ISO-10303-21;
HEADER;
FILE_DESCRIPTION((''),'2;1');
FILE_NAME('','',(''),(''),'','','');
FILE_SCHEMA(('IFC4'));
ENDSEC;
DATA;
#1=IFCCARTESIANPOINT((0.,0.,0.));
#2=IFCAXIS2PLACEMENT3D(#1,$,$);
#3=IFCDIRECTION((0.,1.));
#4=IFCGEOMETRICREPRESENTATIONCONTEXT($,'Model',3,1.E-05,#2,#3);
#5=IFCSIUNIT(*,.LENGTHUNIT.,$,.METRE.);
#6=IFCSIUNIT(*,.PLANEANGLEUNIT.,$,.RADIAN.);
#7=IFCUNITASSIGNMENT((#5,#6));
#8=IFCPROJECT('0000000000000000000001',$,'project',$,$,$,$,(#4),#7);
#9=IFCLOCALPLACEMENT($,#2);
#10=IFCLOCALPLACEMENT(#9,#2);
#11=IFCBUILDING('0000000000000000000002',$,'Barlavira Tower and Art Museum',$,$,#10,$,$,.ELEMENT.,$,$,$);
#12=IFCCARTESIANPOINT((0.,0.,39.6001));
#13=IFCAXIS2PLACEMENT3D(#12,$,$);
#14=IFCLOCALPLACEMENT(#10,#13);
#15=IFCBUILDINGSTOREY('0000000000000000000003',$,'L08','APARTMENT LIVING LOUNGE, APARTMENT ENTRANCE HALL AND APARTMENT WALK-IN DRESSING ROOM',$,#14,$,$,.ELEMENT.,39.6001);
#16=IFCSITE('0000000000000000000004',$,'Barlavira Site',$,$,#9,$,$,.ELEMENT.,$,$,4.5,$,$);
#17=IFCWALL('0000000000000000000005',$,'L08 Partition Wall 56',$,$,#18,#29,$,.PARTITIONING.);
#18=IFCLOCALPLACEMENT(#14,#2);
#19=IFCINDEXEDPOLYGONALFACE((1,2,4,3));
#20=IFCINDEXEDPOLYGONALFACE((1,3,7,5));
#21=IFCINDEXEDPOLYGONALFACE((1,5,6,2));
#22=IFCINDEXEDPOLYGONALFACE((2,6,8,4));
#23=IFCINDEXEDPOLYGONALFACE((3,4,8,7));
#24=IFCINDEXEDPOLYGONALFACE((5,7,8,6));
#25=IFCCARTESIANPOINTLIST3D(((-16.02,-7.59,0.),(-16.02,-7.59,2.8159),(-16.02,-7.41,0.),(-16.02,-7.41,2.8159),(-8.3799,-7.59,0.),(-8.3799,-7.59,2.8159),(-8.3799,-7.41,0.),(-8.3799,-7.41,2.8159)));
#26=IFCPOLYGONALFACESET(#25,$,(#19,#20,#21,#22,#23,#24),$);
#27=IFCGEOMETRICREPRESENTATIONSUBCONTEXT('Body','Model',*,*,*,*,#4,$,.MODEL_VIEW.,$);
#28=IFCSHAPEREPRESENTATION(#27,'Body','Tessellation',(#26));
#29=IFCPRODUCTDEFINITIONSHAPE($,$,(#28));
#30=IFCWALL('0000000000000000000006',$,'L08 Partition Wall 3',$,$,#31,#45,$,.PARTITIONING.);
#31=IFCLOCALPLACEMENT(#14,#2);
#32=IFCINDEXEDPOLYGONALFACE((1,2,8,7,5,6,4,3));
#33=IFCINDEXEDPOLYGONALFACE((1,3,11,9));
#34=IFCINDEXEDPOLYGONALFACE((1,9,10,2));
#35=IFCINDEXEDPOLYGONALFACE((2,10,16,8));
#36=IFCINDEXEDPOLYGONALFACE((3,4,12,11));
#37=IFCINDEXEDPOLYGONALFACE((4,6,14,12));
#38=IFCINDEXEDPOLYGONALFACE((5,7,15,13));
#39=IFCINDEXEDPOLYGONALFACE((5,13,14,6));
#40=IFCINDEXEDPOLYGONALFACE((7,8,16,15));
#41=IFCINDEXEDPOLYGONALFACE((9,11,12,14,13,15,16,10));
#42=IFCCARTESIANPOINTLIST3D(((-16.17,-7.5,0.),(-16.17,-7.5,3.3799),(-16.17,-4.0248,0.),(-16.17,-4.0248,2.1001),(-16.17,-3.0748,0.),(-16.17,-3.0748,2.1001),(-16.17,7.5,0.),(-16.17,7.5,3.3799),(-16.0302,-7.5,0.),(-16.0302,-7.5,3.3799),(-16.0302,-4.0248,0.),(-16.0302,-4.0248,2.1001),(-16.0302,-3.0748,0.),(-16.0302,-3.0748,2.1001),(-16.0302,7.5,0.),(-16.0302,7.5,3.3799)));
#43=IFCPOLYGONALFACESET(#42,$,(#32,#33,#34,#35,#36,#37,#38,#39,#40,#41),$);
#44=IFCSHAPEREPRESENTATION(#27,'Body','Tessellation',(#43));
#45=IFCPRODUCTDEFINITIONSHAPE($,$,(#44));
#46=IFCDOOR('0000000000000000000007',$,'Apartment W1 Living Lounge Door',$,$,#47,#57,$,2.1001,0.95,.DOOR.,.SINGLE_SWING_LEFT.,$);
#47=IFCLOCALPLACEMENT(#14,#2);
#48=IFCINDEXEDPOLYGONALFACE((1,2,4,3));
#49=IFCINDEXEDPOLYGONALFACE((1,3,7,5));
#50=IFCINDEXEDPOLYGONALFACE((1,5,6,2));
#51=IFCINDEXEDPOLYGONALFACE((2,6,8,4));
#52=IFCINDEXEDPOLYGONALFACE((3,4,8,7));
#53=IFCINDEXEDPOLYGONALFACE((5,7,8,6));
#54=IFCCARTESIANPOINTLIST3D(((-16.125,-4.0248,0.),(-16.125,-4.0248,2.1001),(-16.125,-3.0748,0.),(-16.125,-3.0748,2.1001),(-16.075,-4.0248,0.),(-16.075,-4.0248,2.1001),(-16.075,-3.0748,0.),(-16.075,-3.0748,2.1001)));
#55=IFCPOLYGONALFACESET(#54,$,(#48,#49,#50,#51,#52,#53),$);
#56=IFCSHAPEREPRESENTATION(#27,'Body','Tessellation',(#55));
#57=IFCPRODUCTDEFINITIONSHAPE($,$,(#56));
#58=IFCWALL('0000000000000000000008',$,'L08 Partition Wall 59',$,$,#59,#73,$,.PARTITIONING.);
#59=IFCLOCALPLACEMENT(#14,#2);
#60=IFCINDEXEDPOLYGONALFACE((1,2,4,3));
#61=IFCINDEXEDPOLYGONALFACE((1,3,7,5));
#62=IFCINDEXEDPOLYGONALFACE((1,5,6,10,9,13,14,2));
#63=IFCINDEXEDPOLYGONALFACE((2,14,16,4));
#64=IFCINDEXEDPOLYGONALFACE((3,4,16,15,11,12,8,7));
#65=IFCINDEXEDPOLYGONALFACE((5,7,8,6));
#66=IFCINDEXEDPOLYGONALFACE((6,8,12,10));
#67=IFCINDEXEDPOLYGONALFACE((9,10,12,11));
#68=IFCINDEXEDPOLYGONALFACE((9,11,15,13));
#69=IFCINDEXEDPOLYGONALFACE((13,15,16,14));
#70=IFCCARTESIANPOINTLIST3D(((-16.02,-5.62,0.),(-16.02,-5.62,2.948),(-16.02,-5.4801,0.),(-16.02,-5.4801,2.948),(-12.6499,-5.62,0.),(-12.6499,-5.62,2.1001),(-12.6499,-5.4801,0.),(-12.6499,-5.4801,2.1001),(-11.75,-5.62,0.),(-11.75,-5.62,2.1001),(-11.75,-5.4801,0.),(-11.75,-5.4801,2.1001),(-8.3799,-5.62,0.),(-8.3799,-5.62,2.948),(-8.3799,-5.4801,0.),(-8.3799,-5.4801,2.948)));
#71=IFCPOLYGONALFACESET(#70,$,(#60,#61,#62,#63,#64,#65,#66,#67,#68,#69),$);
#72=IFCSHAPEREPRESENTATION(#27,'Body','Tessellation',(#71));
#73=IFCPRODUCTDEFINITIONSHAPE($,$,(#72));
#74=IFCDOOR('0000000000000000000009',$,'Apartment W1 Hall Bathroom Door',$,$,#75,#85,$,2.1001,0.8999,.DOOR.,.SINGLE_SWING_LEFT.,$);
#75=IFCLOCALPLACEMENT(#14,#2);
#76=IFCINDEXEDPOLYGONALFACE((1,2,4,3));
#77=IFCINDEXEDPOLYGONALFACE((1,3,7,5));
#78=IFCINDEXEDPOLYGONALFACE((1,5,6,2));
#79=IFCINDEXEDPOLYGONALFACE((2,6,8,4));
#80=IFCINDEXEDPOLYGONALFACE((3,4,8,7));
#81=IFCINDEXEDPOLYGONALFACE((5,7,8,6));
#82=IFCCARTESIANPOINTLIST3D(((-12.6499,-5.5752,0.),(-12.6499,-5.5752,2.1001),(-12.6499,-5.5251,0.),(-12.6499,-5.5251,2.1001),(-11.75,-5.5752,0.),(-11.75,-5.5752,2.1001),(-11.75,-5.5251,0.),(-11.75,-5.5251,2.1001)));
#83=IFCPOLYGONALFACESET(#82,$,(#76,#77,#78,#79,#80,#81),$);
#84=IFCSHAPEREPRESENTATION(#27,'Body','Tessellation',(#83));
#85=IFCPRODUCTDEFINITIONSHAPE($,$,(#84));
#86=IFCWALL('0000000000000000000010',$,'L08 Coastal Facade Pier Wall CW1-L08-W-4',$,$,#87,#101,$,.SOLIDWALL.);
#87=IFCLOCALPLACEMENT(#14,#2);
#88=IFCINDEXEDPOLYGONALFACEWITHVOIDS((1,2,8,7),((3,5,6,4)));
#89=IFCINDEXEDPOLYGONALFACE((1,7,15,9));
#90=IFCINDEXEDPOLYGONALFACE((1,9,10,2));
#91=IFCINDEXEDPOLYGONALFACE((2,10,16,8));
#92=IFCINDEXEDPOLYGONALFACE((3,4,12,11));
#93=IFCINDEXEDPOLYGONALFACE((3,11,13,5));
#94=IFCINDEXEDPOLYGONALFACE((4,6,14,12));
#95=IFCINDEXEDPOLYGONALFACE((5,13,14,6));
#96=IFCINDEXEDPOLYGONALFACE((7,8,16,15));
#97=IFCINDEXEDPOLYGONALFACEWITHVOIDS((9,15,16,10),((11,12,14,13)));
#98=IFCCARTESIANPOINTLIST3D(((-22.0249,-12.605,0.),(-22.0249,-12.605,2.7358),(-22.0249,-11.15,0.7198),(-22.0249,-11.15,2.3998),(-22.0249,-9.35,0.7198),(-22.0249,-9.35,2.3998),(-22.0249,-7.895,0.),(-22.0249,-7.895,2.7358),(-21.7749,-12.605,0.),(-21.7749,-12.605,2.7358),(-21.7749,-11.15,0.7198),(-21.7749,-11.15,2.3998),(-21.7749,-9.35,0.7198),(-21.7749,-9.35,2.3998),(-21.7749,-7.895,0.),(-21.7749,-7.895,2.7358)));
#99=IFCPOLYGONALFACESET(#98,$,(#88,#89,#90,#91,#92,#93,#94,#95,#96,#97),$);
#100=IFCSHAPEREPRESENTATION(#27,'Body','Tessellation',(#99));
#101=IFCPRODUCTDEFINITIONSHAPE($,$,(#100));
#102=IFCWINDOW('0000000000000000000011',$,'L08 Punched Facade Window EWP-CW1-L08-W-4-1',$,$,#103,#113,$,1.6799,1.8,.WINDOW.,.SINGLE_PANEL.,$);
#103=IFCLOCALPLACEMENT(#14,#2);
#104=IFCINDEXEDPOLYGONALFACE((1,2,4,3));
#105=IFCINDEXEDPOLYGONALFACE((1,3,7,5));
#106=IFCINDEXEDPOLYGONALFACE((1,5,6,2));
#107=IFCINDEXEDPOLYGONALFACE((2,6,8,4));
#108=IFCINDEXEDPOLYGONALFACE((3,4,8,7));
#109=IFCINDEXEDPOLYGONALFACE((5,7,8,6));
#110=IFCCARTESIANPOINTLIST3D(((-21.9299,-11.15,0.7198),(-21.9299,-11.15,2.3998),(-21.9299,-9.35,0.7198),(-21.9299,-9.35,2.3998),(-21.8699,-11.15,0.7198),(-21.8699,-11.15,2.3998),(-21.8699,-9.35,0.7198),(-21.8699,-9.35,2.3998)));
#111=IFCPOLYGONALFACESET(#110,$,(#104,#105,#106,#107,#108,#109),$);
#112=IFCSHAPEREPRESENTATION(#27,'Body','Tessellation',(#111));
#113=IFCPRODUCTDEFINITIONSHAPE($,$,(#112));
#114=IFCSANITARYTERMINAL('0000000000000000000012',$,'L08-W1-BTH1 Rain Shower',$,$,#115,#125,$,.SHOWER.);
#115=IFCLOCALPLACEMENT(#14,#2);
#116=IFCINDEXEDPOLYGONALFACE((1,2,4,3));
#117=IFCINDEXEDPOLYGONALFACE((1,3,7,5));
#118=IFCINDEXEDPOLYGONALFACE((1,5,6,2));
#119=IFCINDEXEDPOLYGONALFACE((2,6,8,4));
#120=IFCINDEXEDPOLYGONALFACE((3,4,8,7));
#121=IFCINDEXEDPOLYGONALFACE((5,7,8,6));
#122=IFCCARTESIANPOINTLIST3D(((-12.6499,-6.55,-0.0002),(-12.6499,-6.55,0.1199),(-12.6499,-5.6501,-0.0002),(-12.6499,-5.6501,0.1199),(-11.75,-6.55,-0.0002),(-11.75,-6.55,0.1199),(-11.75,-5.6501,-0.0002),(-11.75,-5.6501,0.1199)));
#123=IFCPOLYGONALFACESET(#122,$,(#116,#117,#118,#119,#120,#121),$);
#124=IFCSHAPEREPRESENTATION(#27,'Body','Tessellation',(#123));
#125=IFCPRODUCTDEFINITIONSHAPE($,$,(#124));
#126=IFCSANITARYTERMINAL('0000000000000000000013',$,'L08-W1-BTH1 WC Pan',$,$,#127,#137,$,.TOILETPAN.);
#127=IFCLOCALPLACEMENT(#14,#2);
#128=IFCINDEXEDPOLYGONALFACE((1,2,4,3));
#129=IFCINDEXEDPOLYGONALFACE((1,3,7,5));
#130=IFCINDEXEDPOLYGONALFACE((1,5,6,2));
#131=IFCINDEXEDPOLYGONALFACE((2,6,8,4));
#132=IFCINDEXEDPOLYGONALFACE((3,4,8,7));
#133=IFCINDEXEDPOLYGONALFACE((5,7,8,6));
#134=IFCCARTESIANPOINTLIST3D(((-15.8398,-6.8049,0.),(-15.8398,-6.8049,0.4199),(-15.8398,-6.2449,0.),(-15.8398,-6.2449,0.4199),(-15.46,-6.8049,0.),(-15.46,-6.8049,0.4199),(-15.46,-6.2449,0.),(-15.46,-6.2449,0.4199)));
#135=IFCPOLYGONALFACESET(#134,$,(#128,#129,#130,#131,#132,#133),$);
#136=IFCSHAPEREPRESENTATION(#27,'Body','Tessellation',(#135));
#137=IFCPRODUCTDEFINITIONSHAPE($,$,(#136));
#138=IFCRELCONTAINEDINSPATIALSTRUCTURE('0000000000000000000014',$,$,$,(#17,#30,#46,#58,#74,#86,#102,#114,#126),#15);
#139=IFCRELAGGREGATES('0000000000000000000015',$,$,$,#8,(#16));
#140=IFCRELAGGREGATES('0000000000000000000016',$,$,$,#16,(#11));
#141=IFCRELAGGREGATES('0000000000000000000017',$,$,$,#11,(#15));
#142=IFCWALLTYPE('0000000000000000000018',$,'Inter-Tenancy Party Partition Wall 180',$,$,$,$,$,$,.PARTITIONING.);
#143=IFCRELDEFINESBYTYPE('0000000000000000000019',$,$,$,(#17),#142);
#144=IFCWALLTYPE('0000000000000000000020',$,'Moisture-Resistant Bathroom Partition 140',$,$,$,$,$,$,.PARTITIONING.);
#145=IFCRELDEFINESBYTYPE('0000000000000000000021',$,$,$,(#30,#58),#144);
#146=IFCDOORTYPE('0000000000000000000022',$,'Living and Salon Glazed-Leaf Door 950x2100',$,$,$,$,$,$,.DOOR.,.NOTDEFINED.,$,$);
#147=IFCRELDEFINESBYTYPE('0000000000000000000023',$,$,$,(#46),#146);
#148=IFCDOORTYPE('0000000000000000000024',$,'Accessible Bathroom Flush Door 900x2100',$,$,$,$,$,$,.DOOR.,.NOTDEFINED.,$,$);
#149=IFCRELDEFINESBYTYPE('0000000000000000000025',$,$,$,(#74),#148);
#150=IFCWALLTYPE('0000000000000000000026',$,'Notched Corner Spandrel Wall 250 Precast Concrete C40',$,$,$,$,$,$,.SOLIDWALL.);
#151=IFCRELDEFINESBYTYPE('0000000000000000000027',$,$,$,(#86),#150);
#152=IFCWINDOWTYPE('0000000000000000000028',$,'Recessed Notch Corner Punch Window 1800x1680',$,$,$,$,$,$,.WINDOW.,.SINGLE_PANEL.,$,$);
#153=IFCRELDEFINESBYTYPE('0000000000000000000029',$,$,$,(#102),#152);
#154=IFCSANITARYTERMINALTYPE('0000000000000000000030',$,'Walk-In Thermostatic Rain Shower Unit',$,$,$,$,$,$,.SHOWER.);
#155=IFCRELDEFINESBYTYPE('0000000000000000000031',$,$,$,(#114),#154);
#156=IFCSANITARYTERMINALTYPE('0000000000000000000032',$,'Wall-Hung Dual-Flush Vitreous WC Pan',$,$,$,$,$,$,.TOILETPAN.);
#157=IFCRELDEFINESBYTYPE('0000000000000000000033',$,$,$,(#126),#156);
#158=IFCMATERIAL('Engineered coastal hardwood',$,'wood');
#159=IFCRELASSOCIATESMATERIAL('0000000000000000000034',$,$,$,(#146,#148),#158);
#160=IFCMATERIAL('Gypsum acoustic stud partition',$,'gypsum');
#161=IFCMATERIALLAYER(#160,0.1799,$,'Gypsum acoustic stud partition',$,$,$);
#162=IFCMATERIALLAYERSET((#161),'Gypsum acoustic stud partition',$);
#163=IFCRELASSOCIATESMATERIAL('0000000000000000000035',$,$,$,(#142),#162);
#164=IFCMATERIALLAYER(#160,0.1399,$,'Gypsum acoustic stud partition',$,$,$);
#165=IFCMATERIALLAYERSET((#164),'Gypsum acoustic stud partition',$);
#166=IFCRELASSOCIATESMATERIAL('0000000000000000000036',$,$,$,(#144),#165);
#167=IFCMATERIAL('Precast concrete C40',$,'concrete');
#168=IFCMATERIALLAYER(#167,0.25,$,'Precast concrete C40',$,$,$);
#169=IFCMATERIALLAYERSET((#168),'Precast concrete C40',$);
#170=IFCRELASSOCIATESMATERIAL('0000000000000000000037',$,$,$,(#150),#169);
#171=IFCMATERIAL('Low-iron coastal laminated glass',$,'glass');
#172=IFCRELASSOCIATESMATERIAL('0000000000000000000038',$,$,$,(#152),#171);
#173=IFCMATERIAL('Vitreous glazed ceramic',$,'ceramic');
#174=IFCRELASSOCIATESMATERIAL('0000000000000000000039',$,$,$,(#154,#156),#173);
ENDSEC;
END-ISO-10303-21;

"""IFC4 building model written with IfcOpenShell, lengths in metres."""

from ifc_helpers import new_model, si_unit, direction, frame, frame_2d, origin, origin_2d, place, context, subcontext, project, spatial, rectangle, extrude, material, layer, layer_set, type_object, element, fill, save


model = new_model("IFC4")

# Units and contexts
model_context = context("Model", 3, precision=1e-05, world=origin(), true_north=direction((0.0, 1.0)))
body_context = subcontext(model_context, "Body", "Model", "MODEL_VIEW")
ifc_project = project(units=[si_unit("LENGTHUNIT", "METRE"), si_unit("PLANEANGLEUNIT", "RADIAN")], contexts=[model_context])

# Site, building, storey
site_placement = place(None, origin())
site = spatial("IfcSite", under=ifc_project, at=site_placement, Name="Barlavira Site", CompositionType="ELEMENT", RefElevation=4.5)
building_placement = place(site_placement, origin())
building = spatial("IfcBuilding", under=site, at=building_placement, Name="Barlavira Tower and Art Museum", CompositionType="ELEMENT")
storey_placement = place(building_placement, frame((0.0, 0.0, 39.6001)))
storey = spatial("IfcBuildingStorey", under=building, at=storey_placement, Name="L08", Description="APARTMENT LIVING LOUNGE, APARTMENT ENTRANCE HALL AND APARTMENT WALK-IN DRESSING ROOM", CompositionType="ELEMENT", Elevation=39.6001)

# Shared definitions
ifc_material_1 = material(Name="Low-iron coastal laminated glass", Category="glass")

# Shared definitions
ifc_material_2 = material(Name="Gypsum acoustic stud partition", Category="gypsum")
ifc_material_3 = material(Name="Engineered coastal hardwood", Category="wood")
door_type_1 = type_object("IfcDoorType", Name="Living and Salon Glazed-Leaf Door 950x2100", OperationType="NOTDEFINED", PredefinedType="DOOR", material=ifc_material_3)

# Wall
ifc_layer_1 = layer(ifc_material_2, 0.1799, Name="Gypsum acoustic stud partition")
ifc_layer_set_1 = layer_set([ifc_layer_1], Name="Gypsum acoustic stud partition")
wall_type_1 = type_object("IfcWallType", Name="Inter-Tenancy Party Partition Wall 180", PredefinedType="PARTITIONING", material=ifc_layer_set_1)
wall_1_placement = place(storey_placement, frame((-16.02, -7.5, 0.0), z_axis=(0.0, 0.0, 1.0), x_axis=(1.0, 0.0, 0.0)))
element("IfcWall", 1, at=wall_1_placement, inside=storey, type_object=wall_type_1, Name="L08 Partition Wall 56", PredefinedType="PARTITIONING", context=body_context, shape_type="SweptSolid", body=[
    extrude(rectangle(XDim=7.6401, YDim=0.1799, at=frame_2d((3.8201, 0.0))), origin(), (0.0, 0.0, 1.0), 2.8159),
])

# Walls, openings, doors
ifc_layer_2 = layer(ifc_material_2, 0.1399, Name="Gypsum acoustic stud partition")
ifc_layer_set_2 = layer_set([ifc_layer_2], Name="Gypsum acoustic stud partition")
wall_type_2 = type_object("IfcWallType", Name="Moisture-Resistant Bathroom Partition 140", PredefinedType="PARTITIONING", material=ifc_layer_set_2)
wall_2_placement = place(storey_placement, frame((-16.1001, -7.5, 0.0), z_axis=(0.0, 0.0, 1.0), x_axis=(0.0, 1.0, 0.0)))
wall_2 = element("IfcWall", 2, at=wall_2_placement, inside=storey, type_object=wall_type_2, Name="L08 Partition Wall 3", PredefinedType="PARTITIONING", context=body_context, shape_type="SweptSolid", body=[
    extrude(rectangle(XDim=15.0, YDim=0.1399, at=frame_2d((7.5, 0.0))), origin(), (0.0, 0.0, 1.0), 3.3799),
])
opening_1_placement = place(wall_2_placement, frame((3.4751, 0.0, 0.0)))
opening_1 = element("IfcOpeningElement", 3, at=opening_1_placement, cuts=wall_2, PredefinedType="OPENING", context=body_context, shape_type="SweptSolid", body=[
    extrude(rectangle(XDim=0.95, YDim=2.1001, at=frame_2d((0.4751, 1.05))), frame((0.0, 0.0801, 0.0), z_axis=(0.0, -1.0, 0.0), x_axis=(1.0, 0.0, 0.0)), (0.0, 0.0, 1.0), 0.1599),
])
door_1_placement = place(opening_1_placement, origin())
door_1 = element("IfcDoor", 4, at=door_1_placement, inside=storey, type_object=door_type_1, Name="Apartment W1 Living Lounge Door", OperationType="SINGLE_SWING_LEFT", OverallHeight=2.1001, OverallWidth=0.95, PredefinedType="DOOR", context=body_context, shape_type="SweptSolid", body=[
    extrude(rectangle(XDim=0.95, YDim=2.1001, at=frame_2d((0.4751, 1.05))), frame((0.0, 0.0249, 0.0), z_axis=(0.0, -1.0, 0.0), x_axis=(1.0, 0.0, 0.0)), (0.0, 0.0, 1.0), 0.05),
])
fill(opening_1, door_1)
wall_3_placement = place(storey_placement, frame((-16.02, -5.55, 0.0), z_axis=(0.0, 0.0, 1.0), x_axis=(1.0, 0.0, 0.0)))
wall_3 = element("IfcWall", 5, at=wall_3_placement, inside=storey, type_object=wall_type_2, Name="L08 Partition Wall 59", PredefinedType="PARTITIONING", context=body_context, shape_type="SweptSolid", body=[
    extrude(rectangle(XDim=7.6401, YDim=0.1399, at=frame_2d((3.8201, 0.0))), origin(), (0.0, 0.0, 1.0), 2.948),
])
opening_2_placement = place(wall_3_placement, frame((3.3701, 0.0, 0.0)))
opening_2 = element("IfcOpeningElement", 6, at=opening_2_placement, cuts=wall_3, PredefinedType="OPENING", context=body_context, shape_type="SweptSolid", body=[
    extrude(rectangle(XDim=0.8999, YDim=2.1001, at=frame_2d((0.45, 1.05))), frame((0.0, 0.0801, 0.0), z_axis=(0.0, -1.0, 0.0), x_axis=(1.0, 0.0, 0.0)), (0.0, 0.0, 1.0), 0.1599),
])
door_type_2 = type_object("IfcDoorType", Name="Accessible Bathroom Flush Door 900x2100", OperationType="NOTDEFINED", PredefinedType="DOOR", material=ifc_material_3)
door_2_placement = place(opening_2_placement, origin())
door_2 = element("IfcDoor", 7, at=door_2_placement, inside=storey, type_object=door_type_2, Name="Apartment W1 Hall Bathroom Door", OperationType="SINGLE_SWING_LEFT", OverallHeight=2.1001, OverallWidth=0.8999, PredefinedType="DOOR", context=body_context, shape_type="SweptSolid", body=[
    extrude(rectangle(XDim=0.8999, YDim=2.1001, at=frame_2d((0.45, 1.05))), frame((0.0, 0.0249, 0.0), z_axis=(0.0, -1.0, 0.0), x_axis=(1.0, 0.0, 0.0)), (0.0, 0.0, 1.0), 0.05),
])
fill(opening_2, door_2)

# Wall, opening, window
ifc_material_4 = material(Name="Precast concrete C40", Category="concrete")
ifc_layer_3 = layer(ifc_material_4, 0.25, Name="Precast concrete C40")
ifc_layer_set_3 = layer_set([ifc_layer_3], Name="Precast concrete C40")
wall_type_3 = type_object("IfcWallType", Name="Notched Corner Spandrel Wall 250 Precast Concrete C40", PredefinedType="SOLIDWALL", material=ifc_layer_set_3)
wall_4_placement = place(storey_placement, frame((-21.8999, -7.895, 0.0), z_axis=(0.0, 0.0, 1.0), x_axis=(0.0, -1.0, 0.0)))
wall_4 = element("IfcWall", 8, at=wall_4_placement, inside=storey, type_object=wall_type_3, Name="L08 Coastal Facade Pier Wall CW1-L08-W-4", PredefinedType="SOLIDWALL", context=body_context, shape_type="SweptSolid", body=[
    extrude(rectangle(XDim=4.71, YDim=0.25, at=frame_2d((2.355, 0.0))), origin(), (0.0, 0.0, 1.0), 2.7358),
])
opening_3_placement = place(wall_4_placement, frame((1.4551, 0.0, 0.72)))
opening_3 = element("IfcOpeningElement", 9, at=opening_3_placement, cuts=wall_4, PredefinedType="OPENING", context=body_context, shape_type="SweptSolid", body=[
    extrude(rectangle(XDim=1.8, YDim=1.6799, at=frame_2d((0.8999, 0.8398))), frame((0.0, 0.135, 0.0), z_axis=(0.0, -1.0, 0.0), x_axis=(1.0, 0.0, 0.0)), (0.0, 0.0, 1.0), 0.27),
])
window_type = type_object("IfcWindowType", Name="Recessed Notch Corner Punch Window 1800x1680", PartitioningType="SINGLE_PANEL", PredefinedType="WINDOW", material=ifc_material_1)
window_placement = place(opening_3_placement, origin())
window = element("IfcWindow", 10, at=window_placement, inside=storey, type_object=window_type, Name="L08 Punched Facade Window EWP-CW1-L08-W-4-1", OverallHeight=1.6799, OverallWidth=1.8, PartitioningType="SINGLE_PANEL", PredefinedType="WINDOW", context=body_context, shape_type="SweptSolid", body=[
    extrude(rectangle(XDim=1.8, YDim=1.6799, at=frame_2d((0.8999, 0.8398))), frame((0.0, 0.03, 0.0), z_axis=(0.0, -1.0, 0.0), x_axis=(1.0, 0.0, 0.0)), (0.0, 0.0, 1.0), 0.0601),
])
fill(opening_3, window)

# Sanitary terminals
ifc_material_5 = material(Name="Vitreous glazed ceramic", Category="ceramic")
sanitary_terminal_type_1 = type_object("IfcSanitaryTerminalType", Name="Walk-In Thermostatic Rain Shower Unit", PredefinedType="SHOWER", material=ifc_material_5)
sanitary_terminal_1_placement = place(storey_placement, frame((-12.2, -6.1001, -0.0002), z_axis=(0.0, 0.0, 1.0), x_axis=(1.0, 0.0, 0.0)))
element("IfcSanitaryTerminal", 11, at=sanitary_terminal_1_placement, inside=storey, type_object=sanitary_terminal_type_1, Name="L08-W1-BTH1 Rain Shower", PredefinedType="SHOWER", context=body_context, shape_type="SweptSolid", body=[
    extrude(rectangle(XDim=0.8999, YDim=0.8999, at=origin_2d()), origin(), (0.0, 0.0, 1.0), 0.1201),
])
sanitary_terminal_type_2 = type_object("IfcSanitaryTerminalType", Name="Wall-Hung Dual-Flush Vitreous WC Pan", PredefinedType="TOILETPAN", material=ifc_material_5)
sanitary_terminal_2_placement = place(storey_placement, frame((-15.6499, -6.5249, 0.0), z_axis=(0.0, 0.0, 1.0), x_axis=(1.0, 0.0, 0.0)))
element("IfcSanitaryTerminal", 12, at=sanitary_terminal_2_placement, inside=storey, type_object=sanitary_terminal_type_2, Name="L08-W1-BTH1 WC Pan", PredefinedType="TOILETPAN", context=body_context, shape_type="SweptSolid", body=[
    extrude(rectangle(XDim=0.3799, YDim=0.5601, at=origin_2d()), origin(), (0.0, 0.0, 1.0), 0.4199),
])

save(model, "model.ifc")
